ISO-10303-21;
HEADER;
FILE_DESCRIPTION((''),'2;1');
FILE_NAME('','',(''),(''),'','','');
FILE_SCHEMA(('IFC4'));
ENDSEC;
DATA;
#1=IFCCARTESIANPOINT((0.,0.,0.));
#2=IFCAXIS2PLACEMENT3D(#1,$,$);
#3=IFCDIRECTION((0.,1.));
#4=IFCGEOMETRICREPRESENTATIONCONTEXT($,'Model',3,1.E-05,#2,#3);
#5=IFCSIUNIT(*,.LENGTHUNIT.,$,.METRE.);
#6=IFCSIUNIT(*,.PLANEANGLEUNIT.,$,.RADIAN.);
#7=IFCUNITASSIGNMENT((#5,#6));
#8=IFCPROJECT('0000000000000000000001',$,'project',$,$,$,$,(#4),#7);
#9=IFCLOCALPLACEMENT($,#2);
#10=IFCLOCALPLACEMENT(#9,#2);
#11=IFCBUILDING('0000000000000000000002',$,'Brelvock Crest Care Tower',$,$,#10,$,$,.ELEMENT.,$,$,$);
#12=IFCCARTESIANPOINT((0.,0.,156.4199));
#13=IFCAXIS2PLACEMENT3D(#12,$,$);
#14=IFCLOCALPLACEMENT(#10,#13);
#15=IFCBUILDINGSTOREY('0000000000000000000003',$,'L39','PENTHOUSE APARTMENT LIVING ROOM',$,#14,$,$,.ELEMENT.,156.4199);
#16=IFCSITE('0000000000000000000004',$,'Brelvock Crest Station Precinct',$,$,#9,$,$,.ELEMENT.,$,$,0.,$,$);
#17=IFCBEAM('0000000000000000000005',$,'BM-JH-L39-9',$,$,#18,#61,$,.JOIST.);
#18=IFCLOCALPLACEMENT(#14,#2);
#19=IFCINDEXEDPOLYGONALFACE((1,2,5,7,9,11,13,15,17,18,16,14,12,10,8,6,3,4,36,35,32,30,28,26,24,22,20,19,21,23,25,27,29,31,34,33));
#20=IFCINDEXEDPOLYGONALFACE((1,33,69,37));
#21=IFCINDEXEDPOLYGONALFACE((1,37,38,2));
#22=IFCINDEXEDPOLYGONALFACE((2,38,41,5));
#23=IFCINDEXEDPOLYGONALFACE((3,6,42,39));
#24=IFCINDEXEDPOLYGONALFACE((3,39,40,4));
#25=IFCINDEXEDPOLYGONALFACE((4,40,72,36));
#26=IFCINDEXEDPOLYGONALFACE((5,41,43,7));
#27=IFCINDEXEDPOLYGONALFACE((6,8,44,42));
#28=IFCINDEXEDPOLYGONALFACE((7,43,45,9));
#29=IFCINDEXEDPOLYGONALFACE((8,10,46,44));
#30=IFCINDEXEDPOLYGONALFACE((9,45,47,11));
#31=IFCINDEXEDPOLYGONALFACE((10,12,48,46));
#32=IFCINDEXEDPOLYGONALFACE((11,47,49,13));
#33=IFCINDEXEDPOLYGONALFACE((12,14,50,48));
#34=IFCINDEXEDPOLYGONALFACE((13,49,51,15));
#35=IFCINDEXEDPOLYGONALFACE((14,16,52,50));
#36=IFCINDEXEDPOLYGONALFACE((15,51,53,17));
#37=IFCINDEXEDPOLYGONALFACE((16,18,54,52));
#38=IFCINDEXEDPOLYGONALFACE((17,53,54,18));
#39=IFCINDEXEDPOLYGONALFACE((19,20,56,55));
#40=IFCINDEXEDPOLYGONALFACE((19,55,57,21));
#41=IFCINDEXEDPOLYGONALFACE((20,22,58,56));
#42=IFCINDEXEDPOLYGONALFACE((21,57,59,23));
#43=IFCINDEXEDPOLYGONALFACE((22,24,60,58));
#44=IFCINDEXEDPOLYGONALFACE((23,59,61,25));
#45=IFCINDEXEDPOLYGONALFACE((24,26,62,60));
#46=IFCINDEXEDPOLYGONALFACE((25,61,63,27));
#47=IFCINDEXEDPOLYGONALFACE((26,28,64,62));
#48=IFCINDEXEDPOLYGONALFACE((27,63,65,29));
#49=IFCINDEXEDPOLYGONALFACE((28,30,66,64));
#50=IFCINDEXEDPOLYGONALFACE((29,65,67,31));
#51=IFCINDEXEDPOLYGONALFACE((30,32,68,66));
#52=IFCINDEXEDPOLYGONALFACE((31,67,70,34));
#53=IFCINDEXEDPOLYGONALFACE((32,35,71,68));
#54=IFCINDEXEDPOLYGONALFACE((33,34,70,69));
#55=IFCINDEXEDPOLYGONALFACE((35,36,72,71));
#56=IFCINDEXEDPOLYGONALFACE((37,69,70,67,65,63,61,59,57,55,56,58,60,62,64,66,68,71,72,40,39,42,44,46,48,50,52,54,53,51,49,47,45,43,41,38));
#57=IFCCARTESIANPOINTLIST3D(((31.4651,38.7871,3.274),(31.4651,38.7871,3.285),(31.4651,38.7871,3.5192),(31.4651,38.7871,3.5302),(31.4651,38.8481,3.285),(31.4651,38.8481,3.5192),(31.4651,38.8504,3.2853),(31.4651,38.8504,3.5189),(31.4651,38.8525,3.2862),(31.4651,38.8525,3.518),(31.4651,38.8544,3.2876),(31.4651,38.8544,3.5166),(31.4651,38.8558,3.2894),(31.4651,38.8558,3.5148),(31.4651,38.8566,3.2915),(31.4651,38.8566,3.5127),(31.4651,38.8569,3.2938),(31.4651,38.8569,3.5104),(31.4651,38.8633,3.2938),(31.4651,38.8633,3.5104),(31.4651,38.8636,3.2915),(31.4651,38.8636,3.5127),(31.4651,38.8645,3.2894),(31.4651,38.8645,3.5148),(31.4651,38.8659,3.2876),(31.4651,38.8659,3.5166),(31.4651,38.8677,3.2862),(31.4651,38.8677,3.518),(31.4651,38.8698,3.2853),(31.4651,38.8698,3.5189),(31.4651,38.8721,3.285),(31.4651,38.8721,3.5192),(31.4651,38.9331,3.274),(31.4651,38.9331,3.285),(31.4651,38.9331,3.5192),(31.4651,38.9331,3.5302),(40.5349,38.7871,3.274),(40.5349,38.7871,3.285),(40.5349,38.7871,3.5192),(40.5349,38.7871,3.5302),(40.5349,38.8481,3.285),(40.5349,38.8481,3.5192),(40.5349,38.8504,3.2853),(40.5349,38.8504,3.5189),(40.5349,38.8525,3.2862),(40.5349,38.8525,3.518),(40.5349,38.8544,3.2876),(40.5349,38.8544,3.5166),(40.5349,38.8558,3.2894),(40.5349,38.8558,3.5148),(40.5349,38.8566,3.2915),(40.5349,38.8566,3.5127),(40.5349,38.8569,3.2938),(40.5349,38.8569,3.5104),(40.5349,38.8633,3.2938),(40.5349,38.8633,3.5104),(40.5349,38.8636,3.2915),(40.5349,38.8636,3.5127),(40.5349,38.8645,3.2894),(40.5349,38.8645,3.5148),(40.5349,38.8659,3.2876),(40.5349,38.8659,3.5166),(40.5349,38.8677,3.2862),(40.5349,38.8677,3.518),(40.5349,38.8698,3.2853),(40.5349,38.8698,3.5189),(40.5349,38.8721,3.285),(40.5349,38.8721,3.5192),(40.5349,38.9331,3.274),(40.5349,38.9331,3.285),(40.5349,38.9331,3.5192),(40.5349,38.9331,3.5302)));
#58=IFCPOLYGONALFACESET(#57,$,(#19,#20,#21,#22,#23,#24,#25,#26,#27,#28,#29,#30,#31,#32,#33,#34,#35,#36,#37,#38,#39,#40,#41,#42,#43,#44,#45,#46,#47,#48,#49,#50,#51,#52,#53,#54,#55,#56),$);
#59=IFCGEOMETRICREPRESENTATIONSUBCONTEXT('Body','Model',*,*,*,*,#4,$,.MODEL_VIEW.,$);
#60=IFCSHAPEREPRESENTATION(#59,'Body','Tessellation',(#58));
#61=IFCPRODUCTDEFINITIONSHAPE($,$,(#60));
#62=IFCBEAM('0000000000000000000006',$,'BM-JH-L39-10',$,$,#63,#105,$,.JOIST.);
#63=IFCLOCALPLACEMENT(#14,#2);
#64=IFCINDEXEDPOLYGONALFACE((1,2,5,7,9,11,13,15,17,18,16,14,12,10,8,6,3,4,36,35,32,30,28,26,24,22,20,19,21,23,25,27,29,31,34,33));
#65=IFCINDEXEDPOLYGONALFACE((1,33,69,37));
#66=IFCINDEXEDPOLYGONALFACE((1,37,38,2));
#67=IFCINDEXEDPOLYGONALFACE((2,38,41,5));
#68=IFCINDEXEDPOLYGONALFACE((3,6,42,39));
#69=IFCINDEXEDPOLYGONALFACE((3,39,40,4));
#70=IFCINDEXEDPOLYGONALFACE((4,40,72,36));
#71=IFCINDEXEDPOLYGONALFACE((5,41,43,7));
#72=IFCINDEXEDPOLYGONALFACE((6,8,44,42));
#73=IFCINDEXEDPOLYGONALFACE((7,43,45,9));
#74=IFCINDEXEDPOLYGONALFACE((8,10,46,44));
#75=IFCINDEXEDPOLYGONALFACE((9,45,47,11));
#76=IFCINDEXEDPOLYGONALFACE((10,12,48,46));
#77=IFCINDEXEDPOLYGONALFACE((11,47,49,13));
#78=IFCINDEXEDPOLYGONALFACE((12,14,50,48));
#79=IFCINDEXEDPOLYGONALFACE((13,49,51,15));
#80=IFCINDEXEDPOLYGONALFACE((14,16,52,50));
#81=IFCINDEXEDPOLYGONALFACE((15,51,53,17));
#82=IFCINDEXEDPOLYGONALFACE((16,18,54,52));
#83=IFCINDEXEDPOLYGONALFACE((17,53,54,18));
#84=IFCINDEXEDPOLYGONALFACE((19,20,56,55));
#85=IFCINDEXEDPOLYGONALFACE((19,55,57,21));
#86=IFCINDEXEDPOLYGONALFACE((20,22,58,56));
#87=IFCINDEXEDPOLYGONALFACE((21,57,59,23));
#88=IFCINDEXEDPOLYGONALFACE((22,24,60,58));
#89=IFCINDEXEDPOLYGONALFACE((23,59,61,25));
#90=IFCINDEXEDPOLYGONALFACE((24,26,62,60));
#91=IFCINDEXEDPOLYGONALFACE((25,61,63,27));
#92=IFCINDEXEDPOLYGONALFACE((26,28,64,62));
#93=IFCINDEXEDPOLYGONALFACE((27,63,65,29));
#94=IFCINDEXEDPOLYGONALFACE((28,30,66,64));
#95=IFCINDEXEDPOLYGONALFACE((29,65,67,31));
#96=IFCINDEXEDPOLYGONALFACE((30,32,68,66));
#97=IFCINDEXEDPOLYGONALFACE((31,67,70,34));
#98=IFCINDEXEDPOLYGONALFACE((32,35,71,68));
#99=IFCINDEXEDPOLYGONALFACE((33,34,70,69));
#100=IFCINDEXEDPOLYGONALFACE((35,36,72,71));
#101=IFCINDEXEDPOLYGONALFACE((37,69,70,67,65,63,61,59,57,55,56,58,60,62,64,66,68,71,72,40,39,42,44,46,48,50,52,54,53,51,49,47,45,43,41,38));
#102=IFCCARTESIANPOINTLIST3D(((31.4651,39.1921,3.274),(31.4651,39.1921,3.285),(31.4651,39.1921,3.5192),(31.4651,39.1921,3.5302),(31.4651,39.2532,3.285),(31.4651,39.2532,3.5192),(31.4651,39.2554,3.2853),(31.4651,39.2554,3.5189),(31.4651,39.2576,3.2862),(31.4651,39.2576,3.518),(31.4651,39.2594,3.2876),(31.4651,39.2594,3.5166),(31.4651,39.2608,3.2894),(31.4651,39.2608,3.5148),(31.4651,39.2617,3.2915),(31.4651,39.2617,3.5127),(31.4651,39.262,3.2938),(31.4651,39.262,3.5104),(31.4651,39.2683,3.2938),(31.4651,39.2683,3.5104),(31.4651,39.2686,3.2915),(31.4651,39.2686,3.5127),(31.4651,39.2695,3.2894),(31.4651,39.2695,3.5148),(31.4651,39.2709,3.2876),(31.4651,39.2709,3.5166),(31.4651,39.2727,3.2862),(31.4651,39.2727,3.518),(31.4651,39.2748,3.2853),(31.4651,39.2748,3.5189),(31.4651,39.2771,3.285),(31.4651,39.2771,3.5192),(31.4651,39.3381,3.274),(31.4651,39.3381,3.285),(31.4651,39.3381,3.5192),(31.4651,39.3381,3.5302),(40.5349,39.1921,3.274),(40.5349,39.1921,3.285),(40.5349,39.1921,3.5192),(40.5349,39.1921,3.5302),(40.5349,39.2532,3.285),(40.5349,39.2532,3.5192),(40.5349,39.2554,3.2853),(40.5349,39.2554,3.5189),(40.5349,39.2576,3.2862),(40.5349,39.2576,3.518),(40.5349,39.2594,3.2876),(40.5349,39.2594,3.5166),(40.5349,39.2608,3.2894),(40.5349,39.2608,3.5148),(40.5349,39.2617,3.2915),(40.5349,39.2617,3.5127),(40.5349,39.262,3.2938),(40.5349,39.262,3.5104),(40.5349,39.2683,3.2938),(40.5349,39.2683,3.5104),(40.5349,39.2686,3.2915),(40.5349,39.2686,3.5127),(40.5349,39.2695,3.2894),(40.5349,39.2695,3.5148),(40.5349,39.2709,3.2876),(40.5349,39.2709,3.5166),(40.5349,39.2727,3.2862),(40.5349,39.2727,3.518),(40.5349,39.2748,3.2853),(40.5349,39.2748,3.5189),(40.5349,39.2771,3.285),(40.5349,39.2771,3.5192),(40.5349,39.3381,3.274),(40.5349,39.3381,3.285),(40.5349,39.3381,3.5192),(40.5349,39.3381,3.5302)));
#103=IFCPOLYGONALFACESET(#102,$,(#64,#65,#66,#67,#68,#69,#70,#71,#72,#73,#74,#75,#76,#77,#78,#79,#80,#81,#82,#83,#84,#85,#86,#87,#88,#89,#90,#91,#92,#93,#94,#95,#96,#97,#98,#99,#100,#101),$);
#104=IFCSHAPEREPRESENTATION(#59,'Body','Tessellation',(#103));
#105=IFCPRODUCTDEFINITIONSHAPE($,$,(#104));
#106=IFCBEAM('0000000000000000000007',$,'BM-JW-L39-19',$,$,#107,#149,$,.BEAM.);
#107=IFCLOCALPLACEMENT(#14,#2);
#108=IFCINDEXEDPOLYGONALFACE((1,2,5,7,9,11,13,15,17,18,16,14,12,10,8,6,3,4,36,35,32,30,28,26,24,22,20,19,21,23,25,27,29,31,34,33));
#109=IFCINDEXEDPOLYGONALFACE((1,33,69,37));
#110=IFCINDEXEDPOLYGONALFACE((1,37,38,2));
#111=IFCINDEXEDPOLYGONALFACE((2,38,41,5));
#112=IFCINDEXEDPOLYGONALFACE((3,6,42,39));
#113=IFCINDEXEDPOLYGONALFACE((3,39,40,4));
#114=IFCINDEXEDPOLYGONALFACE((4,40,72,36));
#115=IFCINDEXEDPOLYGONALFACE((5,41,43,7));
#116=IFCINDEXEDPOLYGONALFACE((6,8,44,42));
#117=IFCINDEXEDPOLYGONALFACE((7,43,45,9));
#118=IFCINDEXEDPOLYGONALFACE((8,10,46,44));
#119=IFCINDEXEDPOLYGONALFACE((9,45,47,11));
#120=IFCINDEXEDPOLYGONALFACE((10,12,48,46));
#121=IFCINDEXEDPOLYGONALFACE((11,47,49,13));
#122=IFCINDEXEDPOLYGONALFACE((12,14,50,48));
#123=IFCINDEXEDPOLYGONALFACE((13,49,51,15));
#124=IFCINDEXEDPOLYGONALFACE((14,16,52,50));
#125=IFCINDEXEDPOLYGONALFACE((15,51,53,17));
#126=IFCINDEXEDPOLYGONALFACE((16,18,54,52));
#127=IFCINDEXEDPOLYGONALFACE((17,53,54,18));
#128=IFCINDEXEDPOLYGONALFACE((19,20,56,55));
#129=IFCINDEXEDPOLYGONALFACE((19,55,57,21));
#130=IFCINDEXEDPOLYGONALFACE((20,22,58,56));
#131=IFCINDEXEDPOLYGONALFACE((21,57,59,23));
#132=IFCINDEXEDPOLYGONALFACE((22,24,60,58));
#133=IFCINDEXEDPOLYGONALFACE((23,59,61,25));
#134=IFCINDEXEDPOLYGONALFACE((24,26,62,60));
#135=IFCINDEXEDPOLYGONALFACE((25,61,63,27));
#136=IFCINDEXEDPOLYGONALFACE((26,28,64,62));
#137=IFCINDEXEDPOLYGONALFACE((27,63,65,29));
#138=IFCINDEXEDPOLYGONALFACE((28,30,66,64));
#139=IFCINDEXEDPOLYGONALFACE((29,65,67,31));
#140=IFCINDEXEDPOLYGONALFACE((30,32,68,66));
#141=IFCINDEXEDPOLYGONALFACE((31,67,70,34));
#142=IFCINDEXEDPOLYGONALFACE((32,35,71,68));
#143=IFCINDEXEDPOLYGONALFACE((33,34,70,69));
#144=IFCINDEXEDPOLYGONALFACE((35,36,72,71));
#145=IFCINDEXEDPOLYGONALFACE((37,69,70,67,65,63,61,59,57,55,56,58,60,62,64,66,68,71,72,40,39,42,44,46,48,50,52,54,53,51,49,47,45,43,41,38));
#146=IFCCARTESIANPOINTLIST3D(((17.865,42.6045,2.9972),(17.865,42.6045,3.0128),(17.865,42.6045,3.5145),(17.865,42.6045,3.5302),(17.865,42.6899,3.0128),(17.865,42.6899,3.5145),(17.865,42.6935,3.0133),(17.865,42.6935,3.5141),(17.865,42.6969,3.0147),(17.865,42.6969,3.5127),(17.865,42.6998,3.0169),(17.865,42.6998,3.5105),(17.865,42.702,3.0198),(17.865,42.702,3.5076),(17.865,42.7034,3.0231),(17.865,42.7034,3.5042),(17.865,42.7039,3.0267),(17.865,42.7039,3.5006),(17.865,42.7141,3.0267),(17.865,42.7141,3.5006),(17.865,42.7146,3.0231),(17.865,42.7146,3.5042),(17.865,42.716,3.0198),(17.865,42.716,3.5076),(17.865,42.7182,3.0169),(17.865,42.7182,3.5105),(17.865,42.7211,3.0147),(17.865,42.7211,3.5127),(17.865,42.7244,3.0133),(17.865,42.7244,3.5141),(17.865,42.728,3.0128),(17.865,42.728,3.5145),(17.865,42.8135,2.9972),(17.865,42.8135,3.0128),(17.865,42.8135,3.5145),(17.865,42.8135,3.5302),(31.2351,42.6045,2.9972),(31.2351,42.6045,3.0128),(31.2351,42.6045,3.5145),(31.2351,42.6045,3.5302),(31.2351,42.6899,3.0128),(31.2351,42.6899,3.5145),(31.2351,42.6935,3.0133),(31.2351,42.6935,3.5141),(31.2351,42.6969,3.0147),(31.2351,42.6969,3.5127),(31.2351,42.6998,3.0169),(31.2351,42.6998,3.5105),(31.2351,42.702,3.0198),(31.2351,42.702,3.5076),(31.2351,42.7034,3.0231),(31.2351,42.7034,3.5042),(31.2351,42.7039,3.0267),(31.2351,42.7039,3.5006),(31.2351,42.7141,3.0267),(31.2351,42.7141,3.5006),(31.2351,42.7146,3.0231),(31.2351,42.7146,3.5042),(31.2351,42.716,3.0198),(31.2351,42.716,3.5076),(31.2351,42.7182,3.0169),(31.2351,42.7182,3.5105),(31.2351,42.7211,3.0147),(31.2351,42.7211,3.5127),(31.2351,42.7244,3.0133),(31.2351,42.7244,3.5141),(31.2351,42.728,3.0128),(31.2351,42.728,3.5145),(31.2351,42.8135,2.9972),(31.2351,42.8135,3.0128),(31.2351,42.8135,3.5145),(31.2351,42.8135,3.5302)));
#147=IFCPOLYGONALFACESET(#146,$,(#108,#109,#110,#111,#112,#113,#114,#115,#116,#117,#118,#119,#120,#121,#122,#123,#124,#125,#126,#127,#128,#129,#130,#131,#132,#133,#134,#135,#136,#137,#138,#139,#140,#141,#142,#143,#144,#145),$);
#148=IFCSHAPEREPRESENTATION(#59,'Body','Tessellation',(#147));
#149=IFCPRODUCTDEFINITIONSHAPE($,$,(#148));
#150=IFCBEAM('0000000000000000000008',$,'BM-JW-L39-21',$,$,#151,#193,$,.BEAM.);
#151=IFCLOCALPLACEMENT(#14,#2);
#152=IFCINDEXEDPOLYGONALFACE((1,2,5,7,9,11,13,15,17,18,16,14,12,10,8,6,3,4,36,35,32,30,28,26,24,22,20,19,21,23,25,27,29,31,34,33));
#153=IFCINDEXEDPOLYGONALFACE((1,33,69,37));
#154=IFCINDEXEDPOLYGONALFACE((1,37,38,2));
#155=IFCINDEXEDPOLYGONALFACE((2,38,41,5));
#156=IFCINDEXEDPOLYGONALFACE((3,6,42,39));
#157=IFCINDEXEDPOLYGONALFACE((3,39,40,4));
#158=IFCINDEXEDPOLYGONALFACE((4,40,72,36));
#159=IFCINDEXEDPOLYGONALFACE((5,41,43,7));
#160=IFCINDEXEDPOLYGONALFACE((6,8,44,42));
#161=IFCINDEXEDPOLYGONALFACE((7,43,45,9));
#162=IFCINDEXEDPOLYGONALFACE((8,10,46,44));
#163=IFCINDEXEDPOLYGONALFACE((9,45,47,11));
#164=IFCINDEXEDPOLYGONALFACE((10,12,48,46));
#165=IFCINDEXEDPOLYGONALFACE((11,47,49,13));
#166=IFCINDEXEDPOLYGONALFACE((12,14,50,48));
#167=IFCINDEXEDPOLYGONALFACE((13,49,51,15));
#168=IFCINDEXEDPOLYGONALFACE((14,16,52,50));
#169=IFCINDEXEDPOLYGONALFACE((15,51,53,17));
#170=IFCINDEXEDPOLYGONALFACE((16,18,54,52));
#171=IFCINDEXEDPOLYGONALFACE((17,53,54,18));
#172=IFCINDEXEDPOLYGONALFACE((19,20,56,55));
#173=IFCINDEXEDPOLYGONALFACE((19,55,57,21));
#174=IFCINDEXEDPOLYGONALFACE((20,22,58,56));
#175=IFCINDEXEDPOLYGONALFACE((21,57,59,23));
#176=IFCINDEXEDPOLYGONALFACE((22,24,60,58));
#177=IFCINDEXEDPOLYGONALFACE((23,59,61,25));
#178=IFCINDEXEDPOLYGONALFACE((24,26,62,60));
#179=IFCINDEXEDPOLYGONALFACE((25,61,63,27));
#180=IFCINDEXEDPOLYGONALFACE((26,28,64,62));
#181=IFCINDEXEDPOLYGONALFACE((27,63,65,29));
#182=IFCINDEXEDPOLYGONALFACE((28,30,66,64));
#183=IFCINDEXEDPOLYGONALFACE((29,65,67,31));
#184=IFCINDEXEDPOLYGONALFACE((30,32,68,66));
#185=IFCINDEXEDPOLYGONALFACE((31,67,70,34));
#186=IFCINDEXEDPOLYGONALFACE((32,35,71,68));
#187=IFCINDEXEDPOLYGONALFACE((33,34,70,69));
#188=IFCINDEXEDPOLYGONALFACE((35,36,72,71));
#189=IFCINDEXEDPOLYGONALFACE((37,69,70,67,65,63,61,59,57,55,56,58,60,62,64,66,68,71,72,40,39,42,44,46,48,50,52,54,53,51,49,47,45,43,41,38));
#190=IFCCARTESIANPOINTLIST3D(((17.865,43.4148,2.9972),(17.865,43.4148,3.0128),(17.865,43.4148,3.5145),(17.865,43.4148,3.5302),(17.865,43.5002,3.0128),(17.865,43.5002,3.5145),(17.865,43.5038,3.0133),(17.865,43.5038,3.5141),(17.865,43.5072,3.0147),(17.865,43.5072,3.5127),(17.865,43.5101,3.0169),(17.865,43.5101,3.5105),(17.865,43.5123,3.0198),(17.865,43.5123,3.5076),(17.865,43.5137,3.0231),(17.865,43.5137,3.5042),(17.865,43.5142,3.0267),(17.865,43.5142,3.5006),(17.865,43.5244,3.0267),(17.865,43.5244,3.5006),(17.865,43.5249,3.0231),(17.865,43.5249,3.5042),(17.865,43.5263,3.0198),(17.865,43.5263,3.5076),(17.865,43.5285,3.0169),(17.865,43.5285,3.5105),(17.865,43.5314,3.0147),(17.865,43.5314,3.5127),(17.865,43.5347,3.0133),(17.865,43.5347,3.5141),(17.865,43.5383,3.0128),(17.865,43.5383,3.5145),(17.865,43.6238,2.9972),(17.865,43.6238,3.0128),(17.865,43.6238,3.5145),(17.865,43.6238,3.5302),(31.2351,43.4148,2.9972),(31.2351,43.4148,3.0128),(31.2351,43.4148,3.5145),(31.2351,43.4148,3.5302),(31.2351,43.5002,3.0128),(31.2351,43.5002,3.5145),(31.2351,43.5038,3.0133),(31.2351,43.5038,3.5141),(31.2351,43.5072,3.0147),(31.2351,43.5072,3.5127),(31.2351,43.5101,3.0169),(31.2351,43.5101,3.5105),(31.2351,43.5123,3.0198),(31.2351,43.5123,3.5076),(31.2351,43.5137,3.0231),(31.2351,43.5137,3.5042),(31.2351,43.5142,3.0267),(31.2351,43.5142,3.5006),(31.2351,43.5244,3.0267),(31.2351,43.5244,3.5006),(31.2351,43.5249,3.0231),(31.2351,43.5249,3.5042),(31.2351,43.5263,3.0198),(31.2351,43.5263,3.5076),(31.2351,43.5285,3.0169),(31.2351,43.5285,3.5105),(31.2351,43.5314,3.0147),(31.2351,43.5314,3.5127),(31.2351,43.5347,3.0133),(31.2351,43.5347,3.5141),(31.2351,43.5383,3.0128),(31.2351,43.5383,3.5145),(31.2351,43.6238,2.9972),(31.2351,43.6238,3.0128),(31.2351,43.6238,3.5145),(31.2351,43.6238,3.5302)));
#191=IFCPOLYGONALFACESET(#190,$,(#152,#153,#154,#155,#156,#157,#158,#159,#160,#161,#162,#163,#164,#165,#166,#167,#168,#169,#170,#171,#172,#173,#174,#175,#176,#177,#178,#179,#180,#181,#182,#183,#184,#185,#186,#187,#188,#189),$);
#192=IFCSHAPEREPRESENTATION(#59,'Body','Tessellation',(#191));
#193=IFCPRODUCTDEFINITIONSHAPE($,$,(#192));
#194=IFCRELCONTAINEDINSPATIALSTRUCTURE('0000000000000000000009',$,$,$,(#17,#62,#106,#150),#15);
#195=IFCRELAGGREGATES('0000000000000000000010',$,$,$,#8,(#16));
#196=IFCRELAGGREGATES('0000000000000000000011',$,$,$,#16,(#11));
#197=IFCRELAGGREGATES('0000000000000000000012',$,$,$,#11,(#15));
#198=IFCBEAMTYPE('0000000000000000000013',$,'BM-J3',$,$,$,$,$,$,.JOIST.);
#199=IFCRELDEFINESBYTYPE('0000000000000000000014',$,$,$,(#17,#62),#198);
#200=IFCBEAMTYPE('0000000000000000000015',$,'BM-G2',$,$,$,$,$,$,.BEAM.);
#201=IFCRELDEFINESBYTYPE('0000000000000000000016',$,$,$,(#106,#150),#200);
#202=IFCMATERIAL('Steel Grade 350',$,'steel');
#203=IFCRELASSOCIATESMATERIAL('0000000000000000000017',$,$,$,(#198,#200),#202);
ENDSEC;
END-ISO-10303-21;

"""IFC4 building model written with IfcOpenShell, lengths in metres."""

from ifc_helpers import new_model, si_unit, direction, frame, origin, origin_2d, place, context, subcontext, project, spatial, i_section, extrude, source, transform, mapped, material, material_profile, profile_set, type_object, element, save


model = new_model("IFC4")

# Units and contexts
model_context = context("Model", 3, precision=1e-05, world=origin(), true_north=direction((0.0, 1.0)))
body_context = subcontext(model_context, "Body", "Model", "MODEL_VIEW")
ifc_project = project(units=[si_unit("LENGTHUNIT", "METRE"), si_unit("PLANEANGLEUNIT", "RADIAN")], contexts=[model_context])

# Site, building, storey
site_placement = place(None, origin())
site = spatial("IfcSite", under=ifc_project, at=site_placement, Name="Brelvock Crest Station Precinct", CompositionType="ELEMENT", RefElevation=0.0)
building_placement = place(site_placement, origin())
building = spatial("IfcBuilding", under=site, at=building_placement, Name="Brelvock Crest Care Tower", CompositionType="ELEMENT")
storey_placement = place(building_placement, frame((0.0, 0.0, 156.4199)))
storey = spatial("IfcBuildingStorey", under=building, at=storey_placement, Name="L39", Description="PENTHOUSE APARTMENT LIVING ROOM", CompositionType="ELEMENT", Elevation=156.4199)

# Beams
ifc_material_1 = material(Name="Steel Grade 350", Category="steel")
ifc_material_profile_1 = material_profile(ifc_material_1, i_section(OverallWidth=0.146, OverallDepth=0.2561, WebThickness=0.0063, FlangeThickness=0.011, FilletRadius=0.0088, at=origin_2d()), Name="250UB37.3")
ifc_profile_set_1 = profile_set([ifc_material_profile_1], Name="Steel Grade 350")
beam_type_1 = type_object("IfcBeamType", Name="BM-J3", PredefinedType="JOIST", material=ifc_profile_set_1)
shared_shape_1 = source(origin(), body_context, "Body", "SweptSolid", [
    extrude(i_section(OverallWidth=0.146, OverallDepth=0.2561, WebThickness=0.0063, FlangeThickness=0.011, FilletRadius=0.0088, at=origin_2d()), origin(), (0.0, 0.0, 1.0), 9.0698),
])
for number, where, z_axis, x_axis, name in (
    (1, (31.4651, 38.8601, 3.4021), (1.0, 0.0, 0.0), (0.0, 1.0, 0.0), "BM-JH-L39-9"),
    (2, (31.4651, 39.2651, 3.4021), (1.0, 0.0, 0.0), (0.0, 1.0, 0.0), "BM-JH-L39-10"),
):
    element("IfcBeam", number, at=place(storey_placement, frame(where, z_axis=z_axis, x_axis=x_axis)), inside=storey, type_object=beam_type_1, Name=name, PredefinedType="JOIST", context=body_context, shape_type="MappedRepresentation", body=[
        mapped(shared_shape_1, transform((0.0, 0.0, 0.0), x_axis=(1.0, 0.0, 0.0), y_axis=(0.0, 1.0, 0.0), z_axis=(0.0, 0.0, 1.0), scale=1.0)),
    ])
ifc_material_profile_2 = material_profile(ifc_material_1, i_section(OverallWidth=0.209, OverallDepth=0.533, WebThickness=0.0103, FlangeThickness=0.0156, FilletRadius=0.0139, at=origin_2d()), Name="530UB92.4")
ifc_profile_set_2 = profile_set([ifc_material_profile_2], Name="Steel Grade 350")
beam_type_2 = type_object("IfcBeamType", Name="BM-G2", PredefinedType="BEAM", material=ifc_profile_set_2)
shared_shape_2 = source(origin(), body_context, "Body", "SweptSolid", [
    extrude(i_section(OverallWidth=0.209, OverallDepth=0.533, WebThickness=0.0103, FlangeThickness=0.0156, FilletRadius=0.0139, at=origin_2d()), origin(), (0.0, 0.0, 1.0), 13.3701),
])
for number, where, z_axis, x_axis, name in (
    (3, (17.865, 42.709, 3.2637), (1.0, 0.0, 0.0), (0.0, 1.0, 0.0), "BM-JW-L39-19"),
    (4, (17.865, 43.5193, 3.2637), (1.0, 0.0, 0.0), (0.0, 1.0, 0.0), "BM-JW-L39-21"),
):
    element("IfcBeam", number, at=place(storey_placement, frame(where, z_axis=z_axis, x_axis=x_axis)), inside=storey, type_object=beam_type_2, Name=name, PredefinedType="BEAM", context=body_context, shape_type="MappedRepresentation", body=[
        mapped(shared_shape_2, transform((0.0, 0.0, 0.0), x_axis=(1.0, 0.0, 0.0), y_axis=(0.0, 1.0, 0.0), z_axis=(0.0, 0.0, 1.0), scale=1.0)),
    ])

save(model, "model.ifc")
